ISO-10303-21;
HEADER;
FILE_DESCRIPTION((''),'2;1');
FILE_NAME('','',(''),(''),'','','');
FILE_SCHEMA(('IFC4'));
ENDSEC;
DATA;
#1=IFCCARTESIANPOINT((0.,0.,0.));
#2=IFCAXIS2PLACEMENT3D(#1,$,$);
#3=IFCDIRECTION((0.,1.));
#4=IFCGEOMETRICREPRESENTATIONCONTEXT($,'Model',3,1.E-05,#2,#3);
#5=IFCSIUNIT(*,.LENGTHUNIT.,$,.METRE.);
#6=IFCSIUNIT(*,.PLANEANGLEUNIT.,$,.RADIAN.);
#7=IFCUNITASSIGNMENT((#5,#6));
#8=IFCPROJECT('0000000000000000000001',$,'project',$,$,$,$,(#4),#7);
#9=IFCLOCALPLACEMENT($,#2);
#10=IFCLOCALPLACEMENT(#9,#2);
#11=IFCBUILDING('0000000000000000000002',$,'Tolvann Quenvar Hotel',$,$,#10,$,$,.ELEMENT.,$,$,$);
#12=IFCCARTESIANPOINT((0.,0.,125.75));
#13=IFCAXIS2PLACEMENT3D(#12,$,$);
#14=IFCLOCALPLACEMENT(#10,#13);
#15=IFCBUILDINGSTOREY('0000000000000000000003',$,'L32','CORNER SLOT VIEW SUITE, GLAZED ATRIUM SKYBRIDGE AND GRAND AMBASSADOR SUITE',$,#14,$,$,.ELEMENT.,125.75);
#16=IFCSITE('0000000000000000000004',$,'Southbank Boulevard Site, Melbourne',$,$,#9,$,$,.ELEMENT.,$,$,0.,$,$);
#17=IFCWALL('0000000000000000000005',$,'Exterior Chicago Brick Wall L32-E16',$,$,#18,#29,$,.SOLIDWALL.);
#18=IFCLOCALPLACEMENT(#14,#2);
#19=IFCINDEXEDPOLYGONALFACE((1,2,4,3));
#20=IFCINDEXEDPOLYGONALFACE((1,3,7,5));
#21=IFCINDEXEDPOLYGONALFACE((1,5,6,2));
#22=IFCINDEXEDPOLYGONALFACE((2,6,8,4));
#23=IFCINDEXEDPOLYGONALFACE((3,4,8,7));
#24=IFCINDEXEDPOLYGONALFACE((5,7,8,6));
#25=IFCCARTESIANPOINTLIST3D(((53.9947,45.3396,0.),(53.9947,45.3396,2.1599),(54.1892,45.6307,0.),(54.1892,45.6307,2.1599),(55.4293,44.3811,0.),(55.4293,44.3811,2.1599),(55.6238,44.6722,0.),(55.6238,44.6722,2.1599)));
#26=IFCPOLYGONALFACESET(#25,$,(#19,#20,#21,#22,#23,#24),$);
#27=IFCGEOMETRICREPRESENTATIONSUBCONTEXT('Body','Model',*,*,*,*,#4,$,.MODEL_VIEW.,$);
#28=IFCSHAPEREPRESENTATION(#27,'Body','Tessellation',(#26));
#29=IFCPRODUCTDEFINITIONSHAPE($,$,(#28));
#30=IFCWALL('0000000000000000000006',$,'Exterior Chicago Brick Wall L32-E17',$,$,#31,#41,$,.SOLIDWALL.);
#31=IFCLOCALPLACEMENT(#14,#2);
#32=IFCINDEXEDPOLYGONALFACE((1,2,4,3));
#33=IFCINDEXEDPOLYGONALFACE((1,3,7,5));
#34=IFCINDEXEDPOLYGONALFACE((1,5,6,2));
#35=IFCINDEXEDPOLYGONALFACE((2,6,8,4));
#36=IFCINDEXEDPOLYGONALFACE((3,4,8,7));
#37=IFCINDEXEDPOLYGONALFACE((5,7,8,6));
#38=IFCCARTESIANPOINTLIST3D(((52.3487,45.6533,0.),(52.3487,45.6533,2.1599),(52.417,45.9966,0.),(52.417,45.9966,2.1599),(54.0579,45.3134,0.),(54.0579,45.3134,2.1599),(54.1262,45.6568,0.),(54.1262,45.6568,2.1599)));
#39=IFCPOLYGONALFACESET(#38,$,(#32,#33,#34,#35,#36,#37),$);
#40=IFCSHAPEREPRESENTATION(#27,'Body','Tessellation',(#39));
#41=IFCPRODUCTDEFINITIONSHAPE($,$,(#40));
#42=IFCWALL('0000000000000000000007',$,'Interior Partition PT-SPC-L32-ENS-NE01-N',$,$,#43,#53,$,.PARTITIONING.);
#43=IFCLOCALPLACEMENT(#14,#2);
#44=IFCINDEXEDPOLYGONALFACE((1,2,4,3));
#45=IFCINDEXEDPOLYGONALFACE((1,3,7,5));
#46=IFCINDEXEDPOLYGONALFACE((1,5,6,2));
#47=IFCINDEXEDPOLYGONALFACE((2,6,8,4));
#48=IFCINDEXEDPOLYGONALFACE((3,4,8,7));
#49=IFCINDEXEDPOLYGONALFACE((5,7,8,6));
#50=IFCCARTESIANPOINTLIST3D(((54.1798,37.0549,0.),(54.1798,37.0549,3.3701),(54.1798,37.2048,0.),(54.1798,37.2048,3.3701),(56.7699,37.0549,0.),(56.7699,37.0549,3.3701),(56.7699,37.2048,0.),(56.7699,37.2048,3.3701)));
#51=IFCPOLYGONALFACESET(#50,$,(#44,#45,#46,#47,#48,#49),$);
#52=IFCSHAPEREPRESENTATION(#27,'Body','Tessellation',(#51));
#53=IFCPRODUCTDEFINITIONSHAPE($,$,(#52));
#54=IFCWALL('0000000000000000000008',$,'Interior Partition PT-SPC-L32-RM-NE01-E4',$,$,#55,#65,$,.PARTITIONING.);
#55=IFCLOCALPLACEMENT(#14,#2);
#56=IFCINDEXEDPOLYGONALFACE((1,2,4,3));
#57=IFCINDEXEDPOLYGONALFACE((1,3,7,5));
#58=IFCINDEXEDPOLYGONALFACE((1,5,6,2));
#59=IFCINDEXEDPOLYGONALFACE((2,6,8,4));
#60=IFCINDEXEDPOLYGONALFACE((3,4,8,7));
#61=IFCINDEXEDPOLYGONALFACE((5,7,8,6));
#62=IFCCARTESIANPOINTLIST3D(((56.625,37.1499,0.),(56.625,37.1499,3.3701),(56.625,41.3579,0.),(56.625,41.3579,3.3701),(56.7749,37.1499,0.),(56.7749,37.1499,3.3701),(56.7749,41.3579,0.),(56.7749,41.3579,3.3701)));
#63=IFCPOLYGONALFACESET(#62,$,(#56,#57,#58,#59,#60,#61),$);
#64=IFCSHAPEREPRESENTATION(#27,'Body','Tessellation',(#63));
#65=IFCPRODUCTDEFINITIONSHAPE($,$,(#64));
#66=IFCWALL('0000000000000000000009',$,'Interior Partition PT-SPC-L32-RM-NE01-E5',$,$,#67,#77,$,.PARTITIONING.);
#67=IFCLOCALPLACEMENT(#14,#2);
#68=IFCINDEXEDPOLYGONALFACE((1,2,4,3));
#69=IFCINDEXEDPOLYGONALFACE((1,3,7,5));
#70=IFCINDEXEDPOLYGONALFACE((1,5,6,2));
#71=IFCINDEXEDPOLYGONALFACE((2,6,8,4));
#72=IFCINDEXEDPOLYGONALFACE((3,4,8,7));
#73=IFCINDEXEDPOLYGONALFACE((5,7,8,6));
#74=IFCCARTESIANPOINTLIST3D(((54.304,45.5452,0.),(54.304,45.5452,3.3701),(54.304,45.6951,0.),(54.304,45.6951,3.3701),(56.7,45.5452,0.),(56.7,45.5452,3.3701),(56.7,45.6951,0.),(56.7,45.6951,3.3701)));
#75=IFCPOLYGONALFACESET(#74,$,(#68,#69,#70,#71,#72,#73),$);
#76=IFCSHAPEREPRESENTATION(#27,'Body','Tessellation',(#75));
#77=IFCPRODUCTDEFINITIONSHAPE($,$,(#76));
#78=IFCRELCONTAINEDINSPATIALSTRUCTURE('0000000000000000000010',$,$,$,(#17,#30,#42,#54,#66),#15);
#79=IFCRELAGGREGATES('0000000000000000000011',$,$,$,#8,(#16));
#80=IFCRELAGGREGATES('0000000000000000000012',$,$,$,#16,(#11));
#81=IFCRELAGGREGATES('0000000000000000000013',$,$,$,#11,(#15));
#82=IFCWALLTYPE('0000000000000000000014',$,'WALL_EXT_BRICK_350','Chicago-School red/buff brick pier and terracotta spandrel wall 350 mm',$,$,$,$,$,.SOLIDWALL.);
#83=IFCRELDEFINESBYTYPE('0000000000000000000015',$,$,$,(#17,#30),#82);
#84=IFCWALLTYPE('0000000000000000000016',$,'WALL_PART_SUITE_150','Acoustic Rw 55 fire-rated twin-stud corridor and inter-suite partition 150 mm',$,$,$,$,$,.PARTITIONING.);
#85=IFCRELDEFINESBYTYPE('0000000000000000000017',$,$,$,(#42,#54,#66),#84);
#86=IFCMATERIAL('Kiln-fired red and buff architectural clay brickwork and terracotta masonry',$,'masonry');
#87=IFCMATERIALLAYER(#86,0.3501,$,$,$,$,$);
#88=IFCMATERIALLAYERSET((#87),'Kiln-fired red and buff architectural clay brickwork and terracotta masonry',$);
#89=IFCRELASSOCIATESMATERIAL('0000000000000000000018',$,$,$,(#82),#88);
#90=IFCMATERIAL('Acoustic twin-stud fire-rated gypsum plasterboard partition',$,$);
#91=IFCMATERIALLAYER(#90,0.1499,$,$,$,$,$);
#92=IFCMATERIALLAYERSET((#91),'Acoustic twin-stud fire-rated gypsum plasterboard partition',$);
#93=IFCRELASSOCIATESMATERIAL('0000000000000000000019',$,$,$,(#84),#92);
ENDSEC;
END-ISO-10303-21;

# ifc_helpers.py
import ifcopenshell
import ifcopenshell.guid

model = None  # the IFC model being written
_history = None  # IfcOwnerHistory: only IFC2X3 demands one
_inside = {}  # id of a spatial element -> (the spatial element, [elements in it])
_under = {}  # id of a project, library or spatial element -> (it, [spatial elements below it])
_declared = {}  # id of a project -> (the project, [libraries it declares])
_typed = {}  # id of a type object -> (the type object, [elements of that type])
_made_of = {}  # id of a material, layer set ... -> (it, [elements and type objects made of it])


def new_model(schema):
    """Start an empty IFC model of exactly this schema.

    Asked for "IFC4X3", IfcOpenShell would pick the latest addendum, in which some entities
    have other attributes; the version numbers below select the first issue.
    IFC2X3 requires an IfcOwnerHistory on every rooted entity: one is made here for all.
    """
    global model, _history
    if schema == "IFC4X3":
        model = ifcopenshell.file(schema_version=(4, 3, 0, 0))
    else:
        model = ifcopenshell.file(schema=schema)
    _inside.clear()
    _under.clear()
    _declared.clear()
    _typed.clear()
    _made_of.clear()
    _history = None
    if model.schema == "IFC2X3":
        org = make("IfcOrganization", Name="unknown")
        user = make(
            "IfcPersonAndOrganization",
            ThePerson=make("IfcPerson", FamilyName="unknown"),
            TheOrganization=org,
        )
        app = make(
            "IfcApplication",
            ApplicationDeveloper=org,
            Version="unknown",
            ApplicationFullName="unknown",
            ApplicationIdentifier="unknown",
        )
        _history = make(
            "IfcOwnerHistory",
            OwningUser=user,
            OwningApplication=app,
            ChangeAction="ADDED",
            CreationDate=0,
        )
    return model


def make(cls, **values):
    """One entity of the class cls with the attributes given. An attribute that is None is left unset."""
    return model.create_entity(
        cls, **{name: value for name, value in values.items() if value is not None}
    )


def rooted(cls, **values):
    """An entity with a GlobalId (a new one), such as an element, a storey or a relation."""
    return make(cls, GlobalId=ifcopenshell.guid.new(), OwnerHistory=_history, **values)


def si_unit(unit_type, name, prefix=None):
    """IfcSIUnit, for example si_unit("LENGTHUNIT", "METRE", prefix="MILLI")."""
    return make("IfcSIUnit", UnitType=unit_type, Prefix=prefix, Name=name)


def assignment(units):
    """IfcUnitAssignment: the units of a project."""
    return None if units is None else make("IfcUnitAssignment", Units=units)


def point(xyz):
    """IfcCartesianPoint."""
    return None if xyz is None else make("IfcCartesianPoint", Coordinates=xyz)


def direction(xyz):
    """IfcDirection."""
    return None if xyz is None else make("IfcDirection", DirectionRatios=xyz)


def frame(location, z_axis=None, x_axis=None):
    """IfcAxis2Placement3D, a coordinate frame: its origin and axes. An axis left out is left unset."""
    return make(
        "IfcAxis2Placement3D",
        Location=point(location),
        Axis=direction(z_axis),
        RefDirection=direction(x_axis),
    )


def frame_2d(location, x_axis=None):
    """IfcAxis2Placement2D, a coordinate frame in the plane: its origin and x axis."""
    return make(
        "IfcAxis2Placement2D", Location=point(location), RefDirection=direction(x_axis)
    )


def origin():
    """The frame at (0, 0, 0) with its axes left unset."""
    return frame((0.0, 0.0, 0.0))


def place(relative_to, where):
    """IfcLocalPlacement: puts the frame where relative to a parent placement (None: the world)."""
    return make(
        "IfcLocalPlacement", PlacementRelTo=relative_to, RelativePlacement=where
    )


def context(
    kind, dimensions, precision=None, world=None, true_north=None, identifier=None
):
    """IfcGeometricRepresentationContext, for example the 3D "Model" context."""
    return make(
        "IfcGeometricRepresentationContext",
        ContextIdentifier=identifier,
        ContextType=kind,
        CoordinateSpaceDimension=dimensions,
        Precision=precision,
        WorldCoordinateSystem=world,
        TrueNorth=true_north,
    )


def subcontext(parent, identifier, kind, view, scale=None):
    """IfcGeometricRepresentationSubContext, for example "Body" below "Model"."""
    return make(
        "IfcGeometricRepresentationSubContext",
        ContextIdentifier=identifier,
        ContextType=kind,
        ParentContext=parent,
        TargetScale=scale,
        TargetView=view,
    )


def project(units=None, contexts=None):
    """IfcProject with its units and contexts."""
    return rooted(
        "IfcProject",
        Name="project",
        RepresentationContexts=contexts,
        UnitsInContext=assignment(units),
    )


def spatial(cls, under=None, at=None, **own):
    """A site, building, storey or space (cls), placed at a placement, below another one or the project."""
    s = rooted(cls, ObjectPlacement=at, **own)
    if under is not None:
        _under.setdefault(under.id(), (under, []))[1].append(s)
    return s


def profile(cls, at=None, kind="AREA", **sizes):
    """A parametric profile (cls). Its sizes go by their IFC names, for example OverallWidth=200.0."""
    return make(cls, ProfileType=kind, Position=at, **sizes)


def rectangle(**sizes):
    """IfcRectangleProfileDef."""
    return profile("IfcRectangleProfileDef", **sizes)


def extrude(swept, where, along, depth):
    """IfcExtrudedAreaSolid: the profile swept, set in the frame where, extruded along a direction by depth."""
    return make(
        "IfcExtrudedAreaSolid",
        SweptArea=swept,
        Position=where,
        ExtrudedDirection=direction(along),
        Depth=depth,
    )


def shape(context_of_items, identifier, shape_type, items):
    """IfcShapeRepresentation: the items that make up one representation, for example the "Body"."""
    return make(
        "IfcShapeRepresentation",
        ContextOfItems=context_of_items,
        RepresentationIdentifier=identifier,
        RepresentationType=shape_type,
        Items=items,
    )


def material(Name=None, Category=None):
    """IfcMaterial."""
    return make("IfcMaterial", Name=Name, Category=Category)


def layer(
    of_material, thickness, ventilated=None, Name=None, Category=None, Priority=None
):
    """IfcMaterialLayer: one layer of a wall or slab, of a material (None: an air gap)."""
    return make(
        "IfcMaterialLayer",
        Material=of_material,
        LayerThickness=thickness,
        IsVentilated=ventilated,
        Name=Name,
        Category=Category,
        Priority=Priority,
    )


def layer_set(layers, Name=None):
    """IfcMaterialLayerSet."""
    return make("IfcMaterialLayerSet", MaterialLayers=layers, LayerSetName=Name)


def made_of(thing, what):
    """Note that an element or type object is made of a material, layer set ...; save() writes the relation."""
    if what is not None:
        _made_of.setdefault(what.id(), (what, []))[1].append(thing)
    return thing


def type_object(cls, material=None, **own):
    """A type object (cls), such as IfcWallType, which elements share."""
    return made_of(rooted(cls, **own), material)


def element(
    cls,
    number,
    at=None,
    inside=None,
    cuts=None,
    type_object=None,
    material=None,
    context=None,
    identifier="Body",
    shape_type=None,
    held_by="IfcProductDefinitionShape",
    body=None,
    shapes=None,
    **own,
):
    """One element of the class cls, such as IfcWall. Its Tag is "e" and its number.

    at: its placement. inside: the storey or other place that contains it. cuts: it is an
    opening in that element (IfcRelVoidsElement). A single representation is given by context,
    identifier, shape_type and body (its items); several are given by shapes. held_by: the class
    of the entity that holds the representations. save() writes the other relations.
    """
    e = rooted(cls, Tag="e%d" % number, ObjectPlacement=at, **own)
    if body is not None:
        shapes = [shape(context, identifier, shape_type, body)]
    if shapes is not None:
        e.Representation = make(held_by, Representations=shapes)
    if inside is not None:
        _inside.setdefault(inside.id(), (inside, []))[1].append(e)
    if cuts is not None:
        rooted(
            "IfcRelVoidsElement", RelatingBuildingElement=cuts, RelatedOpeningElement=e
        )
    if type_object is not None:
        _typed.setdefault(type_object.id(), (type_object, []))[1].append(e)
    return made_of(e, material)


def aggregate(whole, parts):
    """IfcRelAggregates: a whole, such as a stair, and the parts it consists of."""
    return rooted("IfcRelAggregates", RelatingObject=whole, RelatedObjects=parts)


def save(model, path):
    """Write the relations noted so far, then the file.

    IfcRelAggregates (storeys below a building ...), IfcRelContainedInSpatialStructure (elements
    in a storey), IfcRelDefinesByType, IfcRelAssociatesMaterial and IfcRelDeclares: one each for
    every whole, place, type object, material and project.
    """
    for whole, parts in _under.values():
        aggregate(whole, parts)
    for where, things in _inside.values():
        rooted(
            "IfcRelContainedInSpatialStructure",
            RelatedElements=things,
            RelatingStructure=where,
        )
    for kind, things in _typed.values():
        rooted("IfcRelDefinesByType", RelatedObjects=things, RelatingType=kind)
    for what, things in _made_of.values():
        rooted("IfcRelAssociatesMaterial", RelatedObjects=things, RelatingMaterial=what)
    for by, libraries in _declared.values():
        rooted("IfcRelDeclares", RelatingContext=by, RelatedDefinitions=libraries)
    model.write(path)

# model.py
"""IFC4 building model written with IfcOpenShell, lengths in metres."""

from ifc_helpers import new_model, si_unit, direction, frame, frame_2d, origin, place, context, subcontext, project, spatial, rectangle, extrude, material, layer, layer_set, type_object, element, save


model = new_model("IFC4")

# Units and contexts
model_context = context("Model", 3, precision=1e-05, world=origin(), true_north=direction((0.0, 1.0)))
body_context = subcontext(model_context, "Body", "Model", "MODEL_VIEW")
ifc_project = project(units=[si_unit("LENGTHUNIT", "METRE"), si_unit("PLANEANGLEUNIT", "RADIAN")], contexts=[model_context])

# Site, building, storey
site_placement = place(None, origin())
site = spatial("IfcSite", under=ifc_project, at=site_placement, Name="Southbank Boulevard Site, Melbourne", CompositionType="ELEMENT", RefElevation=0.0)
building_placement = place(site_placement, origin())
building = spatial("IfcBuilding", under=site, at=building_placement, Name="Tolvann Quenvar Hotel", CompositionType="ELEMENT")
storey_placement = place(building_placement, frame((0.0, 0.0, 125.75)))
storey = spatial("IfcBuildingStorey", under=building, at=storey_placement, Name="L32", Description="CORNER SLOT VIEW SUITE, GLAZED ATRIUM SKYBRIDGE AND GRAND AMBASSADOR SUITE", CompositionType="ELEMENT", Elevation=125.75)

# Walls
ifc_material_1 = material(Name="Kiln-fired red and buff architectural clay brickwork and terracotta masonry", Category="masonry")
ifc_layer_1 = layer(ifc_material_1, 0.3501)
ifc_layer_set_1 = layer_set([ifc_layer_1], Name="Kiln-fired red and buff architectural clay brickwork and terracotta masonry")
wall_type_1 = type_object("IfcWallType", Name="WALL_EXT_BRICK_350", Description="Chicago-School red/buff brick pier and terracotta spandrel wall 350 mm", PredefinedType="SOLIDWALL", material=ifc_layer_set_1)
for number, where, z_axis, x_axis, name in (
    (1, (55.5266, 44.5266, 0.0), (0.0, 0.0, 1.0), (-0.831484, 0.555549, 0.0), "Exterior Chicago Brick Wall L32-E16"),
):
    element("IfcWall", number, at=place(storey_placement, frame(where, z_axis=z_axis, x_axis=x_axis)), inside=storey, type_object=wall_type_1, Name=name, PredefinedType="SOLIDWALL", context=body_context, shape_type="SweptSolid", body=[
        extrude(rectangle(XDim=1.7253, YDim=0.3501, at=frame_2d((0.8628, 0.0))), origin(), (0.0, 0.0, 1.0), 2.1599),
    ])
wall_1_placement = place(storey_placement, frame((54.092, 45.4851, 0.0), z_axis=(0.0, 0.0, 1.0), x_axis=(-0.980801, 0.195011, 0.0)))
element("IfcWall", 2, at=wall_1_placement, inside=storey, type_object=wall_type_1, Name="Exterior Chicago Brick Wall L32-E17", PredefinedType="SOLIDWALL", context=body_context, shape_type="SweptSolid", body=[
    extrude(rectangle(XDim=1.7427, YDim=0.3501, at=frame_2d((0.8713, 0.0))), origin(), (0.0, 0.0, 1.0), 2.1599),
])

# Walls
ifc_material_2 = material(Name="Acoustic twin-stud fire-rated gypsum plasterboard partition")
ifc_layer_2 = layer(ifc_material_2, 0.1499)
ifc_layer_set_2 = layer_set([ifc_layer_2], Name="Acoustic twin-stud fire-rated gypsum plasterboard partition")
wall_type_2 = type_object("IfcWallType", Name="WALL_PART_SUITE_150", Description="Acoustic Rw 55 fire-rated twin-stud corridor and inter-suite partition 150 mm", PredefinedType="PARTITIONING", material=ifc_layer_set_2)
wall_2_placement = place(storey_placement, frame((54.1799, 37.1299, 0.0), z_axis=(0.0, 0.0, 1.0), x_axis=(1.0, 0.0, 0.0)))
element("IfcWall", 3, at=wall_2_placement, inside=storey, type_object=wall_type_2, Name="Interior Partition PT-SPC-L32-ENS-NE01-N", PredefinedType="PARTITIONING", context=body_context, shape_type="SweptSolid", body=[
    extrude(rectangle(XDim=2.5901, YDim=0.1499, at=frame_2d((1.2949, 0.0))), origin(), (0.0, 0.0, 1.0), 3.3701),
])
wall_3_placement = place(storey_placement, frame((56.7, 37.1499, 0.0), z_axis=(0.0, 0.0, 1.0), x_axis=(0.0, 1.0, 0.0)))
element("IfcWall", 4, at=wall_3_placement, inside=storey, type_object=wall_type_2, Name="Interior Partition PT-SPC-L32-RM-NE01-E4", PredefinedType="PARTITIONING", context=body_context, shape_type="SweptSolid", body=[
    extrude(rectangle(XDim=4.208, YDim=0.1499, at=frame_2d((2.104, 0.0))), origin(), (0.0, 0.0, 1.0), 3.3701),
])
wall_4_placement = place(storey_placement, frame((54.304, 45.6201, 0.0), z_axis=(0.0, 0.0, 1.0), x_axis=(1.0, 0.0, 0.0)))
element("IfcWall", 5, at=wall_4_placement, inside=storey, type_object=wall_type_2, Name="Interior Partition PT-SPC-L32-RM-NE01-E5", PredefinedType="PARTITIONING", context=body_context, shape_type="SweptSolid", body=[
    extrude(rectangle(XDim=2.396, YDim=0.1499, at=frame_2d((1.198, 0.0))), origin(), (0.0, 0.0, 1.0), 3.3701),
])

save(model, "model.ifc")
